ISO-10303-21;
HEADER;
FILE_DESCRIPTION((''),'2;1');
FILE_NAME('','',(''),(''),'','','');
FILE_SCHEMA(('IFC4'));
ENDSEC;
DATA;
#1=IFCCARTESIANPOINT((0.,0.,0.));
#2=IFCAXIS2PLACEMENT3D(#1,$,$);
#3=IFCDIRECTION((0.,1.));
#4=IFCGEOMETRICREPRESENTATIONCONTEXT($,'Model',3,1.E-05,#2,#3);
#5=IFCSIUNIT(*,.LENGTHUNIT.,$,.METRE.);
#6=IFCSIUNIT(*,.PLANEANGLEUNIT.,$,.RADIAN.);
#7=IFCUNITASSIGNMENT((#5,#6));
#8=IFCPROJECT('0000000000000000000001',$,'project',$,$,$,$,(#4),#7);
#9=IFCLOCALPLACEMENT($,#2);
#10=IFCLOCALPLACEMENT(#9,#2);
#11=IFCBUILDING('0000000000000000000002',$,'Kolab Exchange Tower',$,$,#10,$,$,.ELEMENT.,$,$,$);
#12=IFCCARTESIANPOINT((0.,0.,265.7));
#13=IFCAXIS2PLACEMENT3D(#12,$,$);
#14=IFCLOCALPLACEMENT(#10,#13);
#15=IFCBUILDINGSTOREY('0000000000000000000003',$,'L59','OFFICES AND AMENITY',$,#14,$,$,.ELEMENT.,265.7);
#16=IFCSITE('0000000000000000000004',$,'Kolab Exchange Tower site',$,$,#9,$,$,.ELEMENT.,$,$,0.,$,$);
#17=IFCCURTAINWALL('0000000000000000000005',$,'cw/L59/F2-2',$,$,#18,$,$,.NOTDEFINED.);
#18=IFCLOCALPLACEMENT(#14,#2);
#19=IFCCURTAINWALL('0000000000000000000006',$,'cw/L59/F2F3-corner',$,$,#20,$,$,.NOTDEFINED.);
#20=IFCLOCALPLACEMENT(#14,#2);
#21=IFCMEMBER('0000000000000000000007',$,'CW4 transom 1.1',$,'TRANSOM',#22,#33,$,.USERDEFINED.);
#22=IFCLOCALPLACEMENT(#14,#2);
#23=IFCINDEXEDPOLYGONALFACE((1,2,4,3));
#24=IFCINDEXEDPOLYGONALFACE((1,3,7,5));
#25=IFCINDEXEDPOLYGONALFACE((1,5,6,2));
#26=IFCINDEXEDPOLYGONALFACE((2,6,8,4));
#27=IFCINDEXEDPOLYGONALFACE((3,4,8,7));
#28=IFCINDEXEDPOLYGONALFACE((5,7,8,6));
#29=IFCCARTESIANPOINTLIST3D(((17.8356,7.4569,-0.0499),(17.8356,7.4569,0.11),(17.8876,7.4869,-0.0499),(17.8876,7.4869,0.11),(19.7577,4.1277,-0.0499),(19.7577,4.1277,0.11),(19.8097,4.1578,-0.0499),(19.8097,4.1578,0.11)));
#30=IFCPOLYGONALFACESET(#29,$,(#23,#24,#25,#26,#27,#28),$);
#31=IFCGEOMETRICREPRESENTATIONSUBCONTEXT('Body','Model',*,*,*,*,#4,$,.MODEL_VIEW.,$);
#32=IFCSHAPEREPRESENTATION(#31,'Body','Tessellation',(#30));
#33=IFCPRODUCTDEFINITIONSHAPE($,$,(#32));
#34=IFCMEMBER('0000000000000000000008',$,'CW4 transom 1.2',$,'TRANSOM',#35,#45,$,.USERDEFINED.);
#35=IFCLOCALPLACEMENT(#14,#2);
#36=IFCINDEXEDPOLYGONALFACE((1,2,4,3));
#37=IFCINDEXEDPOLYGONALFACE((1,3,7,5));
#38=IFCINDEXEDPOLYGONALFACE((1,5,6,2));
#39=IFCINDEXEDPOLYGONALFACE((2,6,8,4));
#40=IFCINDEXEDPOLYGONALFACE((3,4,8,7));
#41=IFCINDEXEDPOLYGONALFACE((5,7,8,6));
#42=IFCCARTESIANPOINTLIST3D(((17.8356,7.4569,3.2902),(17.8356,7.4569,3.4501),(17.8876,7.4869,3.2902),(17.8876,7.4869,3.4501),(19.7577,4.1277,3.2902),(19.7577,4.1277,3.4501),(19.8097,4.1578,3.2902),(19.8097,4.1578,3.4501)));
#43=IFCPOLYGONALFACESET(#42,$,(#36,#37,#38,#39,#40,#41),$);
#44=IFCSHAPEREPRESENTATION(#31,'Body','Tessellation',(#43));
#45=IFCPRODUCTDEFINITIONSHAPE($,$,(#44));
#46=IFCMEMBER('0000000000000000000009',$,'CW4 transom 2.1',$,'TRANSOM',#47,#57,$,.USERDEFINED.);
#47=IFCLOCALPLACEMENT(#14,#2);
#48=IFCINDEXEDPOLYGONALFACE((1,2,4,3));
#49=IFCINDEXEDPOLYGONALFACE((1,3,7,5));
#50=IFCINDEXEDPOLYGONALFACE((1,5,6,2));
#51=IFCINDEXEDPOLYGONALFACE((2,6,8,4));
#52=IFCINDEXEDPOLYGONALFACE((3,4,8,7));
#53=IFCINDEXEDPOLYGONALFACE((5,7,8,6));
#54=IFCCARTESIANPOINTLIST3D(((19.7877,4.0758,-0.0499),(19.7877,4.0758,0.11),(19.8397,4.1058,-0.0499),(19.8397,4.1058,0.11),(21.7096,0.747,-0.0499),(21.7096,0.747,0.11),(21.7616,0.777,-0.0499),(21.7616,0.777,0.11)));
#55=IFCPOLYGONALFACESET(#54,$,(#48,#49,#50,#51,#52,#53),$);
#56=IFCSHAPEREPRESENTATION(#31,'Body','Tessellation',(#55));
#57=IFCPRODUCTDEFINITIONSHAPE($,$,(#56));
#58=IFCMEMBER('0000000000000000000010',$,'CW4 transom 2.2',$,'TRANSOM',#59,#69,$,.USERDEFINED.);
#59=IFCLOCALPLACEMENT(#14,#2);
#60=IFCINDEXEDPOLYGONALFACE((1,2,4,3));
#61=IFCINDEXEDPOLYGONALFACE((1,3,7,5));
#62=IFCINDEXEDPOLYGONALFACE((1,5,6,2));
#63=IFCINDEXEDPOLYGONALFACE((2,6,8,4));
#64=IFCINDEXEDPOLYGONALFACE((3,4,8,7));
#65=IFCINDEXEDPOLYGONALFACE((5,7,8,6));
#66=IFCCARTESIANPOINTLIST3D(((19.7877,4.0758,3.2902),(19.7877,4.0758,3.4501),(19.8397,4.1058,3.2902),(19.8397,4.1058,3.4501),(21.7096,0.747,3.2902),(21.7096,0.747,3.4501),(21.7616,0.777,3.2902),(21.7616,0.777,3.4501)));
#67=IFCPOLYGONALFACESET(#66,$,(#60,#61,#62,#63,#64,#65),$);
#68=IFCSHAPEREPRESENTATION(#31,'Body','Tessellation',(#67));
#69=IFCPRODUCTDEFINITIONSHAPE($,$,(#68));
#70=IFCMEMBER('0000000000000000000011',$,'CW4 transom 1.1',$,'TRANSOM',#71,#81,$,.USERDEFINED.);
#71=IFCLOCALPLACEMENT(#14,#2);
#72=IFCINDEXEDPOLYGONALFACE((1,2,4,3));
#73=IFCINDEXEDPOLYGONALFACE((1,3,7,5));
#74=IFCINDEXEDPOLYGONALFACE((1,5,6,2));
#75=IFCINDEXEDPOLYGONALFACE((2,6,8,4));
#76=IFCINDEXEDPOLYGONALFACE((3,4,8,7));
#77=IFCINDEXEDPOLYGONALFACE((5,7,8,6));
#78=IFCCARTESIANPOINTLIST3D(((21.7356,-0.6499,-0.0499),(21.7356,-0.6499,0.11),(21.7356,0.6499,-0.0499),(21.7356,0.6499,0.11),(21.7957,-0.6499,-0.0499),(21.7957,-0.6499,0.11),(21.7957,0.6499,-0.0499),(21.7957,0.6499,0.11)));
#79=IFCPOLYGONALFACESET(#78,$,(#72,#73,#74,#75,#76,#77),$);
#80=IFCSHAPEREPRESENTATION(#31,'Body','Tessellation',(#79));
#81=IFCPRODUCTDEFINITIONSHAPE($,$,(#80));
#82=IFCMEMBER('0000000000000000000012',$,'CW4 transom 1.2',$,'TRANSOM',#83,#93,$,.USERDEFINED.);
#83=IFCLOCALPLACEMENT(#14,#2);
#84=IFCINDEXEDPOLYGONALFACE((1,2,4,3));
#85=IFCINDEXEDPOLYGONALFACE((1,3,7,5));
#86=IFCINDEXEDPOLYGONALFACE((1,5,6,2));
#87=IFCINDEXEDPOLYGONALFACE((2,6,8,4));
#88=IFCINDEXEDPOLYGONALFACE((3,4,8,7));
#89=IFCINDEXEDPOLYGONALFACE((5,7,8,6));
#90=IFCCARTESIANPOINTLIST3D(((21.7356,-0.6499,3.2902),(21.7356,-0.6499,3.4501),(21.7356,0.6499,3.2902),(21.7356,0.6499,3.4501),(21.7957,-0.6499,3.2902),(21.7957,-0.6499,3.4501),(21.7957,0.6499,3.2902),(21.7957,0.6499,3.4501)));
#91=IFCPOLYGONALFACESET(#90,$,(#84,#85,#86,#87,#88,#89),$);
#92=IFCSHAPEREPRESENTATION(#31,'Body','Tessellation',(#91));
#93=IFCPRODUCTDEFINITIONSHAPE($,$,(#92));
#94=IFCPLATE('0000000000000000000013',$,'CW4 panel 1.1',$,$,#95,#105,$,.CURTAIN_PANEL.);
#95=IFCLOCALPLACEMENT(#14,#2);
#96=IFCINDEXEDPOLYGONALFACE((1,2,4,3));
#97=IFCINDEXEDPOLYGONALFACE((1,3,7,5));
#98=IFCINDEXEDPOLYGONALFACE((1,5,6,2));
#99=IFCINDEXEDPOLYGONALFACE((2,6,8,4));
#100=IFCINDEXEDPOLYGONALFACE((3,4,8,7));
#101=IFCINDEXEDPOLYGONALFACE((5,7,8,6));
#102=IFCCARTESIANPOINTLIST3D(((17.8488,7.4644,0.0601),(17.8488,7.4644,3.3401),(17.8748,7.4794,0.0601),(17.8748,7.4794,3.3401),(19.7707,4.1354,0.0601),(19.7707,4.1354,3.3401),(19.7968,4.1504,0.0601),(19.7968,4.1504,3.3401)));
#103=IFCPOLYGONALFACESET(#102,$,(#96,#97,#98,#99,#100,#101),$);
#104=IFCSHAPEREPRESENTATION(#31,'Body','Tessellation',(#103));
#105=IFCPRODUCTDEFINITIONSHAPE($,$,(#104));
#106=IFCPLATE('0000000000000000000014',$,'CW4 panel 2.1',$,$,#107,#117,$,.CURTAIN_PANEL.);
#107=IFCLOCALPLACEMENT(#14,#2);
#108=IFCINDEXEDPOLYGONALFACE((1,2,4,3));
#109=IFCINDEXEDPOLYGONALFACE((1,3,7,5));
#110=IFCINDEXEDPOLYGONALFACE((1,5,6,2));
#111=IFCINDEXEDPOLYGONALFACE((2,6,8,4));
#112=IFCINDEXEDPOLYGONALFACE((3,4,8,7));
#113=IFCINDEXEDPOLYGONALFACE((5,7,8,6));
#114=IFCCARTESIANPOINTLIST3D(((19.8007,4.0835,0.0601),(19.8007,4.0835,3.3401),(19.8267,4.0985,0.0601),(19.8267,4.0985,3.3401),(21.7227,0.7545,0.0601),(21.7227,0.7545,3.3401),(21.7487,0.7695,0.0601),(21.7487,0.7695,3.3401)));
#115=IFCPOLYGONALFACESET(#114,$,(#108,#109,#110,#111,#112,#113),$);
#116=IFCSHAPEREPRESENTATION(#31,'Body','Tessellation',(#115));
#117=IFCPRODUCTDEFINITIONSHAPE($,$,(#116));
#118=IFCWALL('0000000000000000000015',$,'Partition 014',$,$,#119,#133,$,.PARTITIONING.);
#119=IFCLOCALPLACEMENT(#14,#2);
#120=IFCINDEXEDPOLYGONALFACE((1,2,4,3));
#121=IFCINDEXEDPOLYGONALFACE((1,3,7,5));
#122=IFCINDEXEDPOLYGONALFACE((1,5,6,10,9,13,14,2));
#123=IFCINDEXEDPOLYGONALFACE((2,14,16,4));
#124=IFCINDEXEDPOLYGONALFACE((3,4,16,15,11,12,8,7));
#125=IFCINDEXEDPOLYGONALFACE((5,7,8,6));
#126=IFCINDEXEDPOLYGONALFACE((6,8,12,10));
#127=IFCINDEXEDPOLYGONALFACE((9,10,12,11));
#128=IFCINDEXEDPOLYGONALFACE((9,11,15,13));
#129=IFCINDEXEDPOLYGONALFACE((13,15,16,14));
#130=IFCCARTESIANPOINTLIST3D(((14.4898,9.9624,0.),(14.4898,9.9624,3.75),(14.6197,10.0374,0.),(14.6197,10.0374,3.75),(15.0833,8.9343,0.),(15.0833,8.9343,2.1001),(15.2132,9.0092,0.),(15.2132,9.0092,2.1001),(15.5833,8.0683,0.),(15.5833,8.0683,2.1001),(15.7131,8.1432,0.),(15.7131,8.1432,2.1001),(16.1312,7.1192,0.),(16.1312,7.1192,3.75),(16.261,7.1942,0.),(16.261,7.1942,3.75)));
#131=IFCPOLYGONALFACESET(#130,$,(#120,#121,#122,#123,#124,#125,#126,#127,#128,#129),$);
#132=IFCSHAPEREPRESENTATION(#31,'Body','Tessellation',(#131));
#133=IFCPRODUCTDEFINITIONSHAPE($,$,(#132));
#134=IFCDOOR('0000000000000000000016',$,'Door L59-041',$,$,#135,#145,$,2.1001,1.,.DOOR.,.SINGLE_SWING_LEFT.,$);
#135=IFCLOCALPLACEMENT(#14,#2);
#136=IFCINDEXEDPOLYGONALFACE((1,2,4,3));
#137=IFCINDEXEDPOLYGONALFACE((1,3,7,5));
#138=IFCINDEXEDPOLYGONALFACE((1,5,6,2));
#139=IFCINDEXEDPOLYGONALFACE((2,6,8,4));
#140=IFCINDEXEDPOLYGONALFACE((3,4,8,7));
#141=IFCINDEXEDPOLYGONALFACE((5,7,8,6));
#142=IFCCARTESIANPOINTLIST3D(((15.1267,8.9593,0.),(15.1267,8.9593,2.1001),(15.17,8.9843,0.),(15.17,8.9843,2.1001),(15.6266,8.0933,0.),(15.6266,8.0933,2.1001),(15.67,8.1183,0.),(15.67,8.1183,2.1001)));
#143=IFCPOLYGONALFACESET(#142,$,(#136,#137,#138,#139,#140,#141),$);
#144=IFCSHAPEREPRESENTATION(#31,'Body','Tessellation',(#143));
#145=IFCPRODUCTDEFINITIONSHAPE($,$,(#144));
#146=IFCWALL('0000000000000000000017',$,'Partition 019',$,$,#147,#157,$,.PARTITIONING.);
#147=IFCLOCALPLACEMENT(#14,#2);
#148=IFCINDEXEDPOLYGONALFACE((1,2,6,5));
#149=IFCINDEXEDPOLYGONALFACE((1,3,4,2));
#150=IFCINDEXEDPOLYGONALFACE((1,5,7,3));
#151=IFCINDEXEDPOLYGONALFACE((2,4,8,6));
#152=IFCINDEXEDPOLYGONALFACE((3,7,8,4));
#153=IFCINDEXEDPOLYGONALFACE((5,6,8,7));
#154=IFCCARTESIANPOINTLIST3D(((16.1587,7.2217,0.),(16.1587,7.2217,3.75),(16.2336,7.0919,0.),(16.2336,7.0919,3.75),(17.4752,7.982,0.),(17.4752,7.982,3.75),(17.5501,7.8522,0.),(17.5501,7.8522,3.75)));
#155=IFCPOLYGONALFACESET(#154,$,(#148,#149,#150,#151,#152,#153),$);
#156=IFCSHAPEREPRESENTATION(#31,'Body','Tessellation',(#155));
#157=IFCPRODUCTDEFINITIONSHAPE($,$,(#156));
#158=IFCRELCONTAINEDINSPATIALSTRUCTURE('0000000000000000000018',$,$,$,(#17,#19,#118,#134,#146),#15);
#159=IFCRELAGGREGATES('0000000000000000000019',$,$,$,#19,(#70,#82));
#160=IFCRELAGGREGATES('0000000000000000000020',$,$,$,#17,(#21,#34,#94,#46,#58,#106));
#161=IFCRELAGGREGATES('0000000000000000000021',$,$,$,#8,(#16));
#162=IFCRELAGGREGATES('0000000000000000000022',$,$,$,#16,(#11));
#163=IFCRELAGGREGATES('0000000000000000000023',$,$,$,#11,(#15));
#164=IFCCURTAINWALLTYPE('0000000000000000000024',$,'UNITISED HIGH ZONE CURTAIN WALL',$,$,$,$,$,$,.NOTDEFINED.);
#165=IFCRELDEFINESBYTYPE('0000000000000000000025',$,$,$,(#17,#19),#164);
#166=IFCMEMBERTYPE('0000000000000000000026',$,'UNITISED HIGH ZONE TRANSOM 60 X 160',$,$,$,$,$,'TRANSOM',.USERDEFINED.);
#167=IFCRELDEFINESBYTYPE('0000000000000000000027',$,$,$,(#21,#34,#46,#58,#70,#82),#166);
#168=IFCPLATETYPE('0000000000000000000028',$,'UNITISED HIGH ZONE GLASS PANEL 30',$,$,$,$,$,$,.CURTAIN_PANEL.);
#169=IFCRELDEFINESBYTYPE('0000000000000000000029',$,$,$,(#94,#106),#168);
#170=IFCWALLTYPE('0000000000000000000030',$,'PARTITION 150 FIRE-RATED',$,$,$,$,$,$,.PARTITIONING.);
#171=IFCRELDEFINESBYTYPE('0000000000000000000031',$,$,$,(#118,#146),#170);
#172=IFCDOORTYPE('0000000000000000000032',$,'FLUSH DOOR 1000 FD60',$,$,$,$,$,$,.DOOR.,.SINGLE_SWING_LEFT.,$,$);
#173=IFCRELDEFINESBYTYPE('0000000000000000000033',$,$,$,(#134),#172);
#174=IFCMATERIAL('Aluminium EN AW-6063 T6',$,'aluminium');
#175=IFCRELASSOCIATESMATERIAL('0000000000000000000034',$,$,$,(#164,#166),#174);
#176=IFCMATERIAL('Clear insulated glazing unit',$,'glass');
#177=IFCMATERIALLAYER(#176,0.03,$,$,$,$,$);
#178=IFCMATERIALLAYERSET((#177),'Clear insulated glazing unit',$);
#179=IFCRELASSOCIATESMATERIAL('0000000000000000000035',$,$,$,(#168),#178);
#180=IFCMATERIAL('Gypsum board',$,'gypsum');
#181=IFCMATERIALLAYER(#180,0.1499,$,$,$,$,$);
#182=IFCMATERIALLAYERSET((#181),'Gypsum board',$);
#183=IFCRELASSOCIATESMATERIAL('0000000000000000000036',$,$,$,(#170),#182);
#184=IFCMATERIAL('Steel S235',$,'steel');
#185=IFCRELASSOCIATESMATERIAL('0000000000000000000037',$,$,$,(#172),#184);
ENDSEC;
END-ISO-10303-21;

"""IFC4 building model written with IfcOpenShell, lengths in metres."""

from ifc_helpers import new_model, si_unit, direction, frame, frame_2d, origin, origin_2d, place, context, subcontext, project, spatial, rectangle, extrude, material, layer, layer_set, material_profile, profile_set, type_object, element, fill, aggregate, save


model = new_model("IFC4")

# Units and contexts
model_context = context("Model", 3, precision=1e-05, world=origin(), true_north=direction((0.0, 1.0)))
body_context = subcontext(model_context, "Body", "Model", "MODEL_VIEW")
ifc_project = project(units=[si_unit("LENGTHUNIT", "METRE"), si_unit("PLANEANGLEUNIT", "RADIAN")], contexts=[model_context])

# Site, building, storey
site_placement = place(None, origin())
site = spatial("IfcSite", under=ifc_project, at=site_placement, Name="Kolab Exchange Tower site", CompositionType="ELEMENT", RefElevation=0.0)
building_placement = place(site_placement, origin())
building = spatial("IfcBuilding", under=site, at=building_placement, Name="Kolab Exchange Tower", CompositionType="ELEMENT")
storey_placement = place(building_placement, frame((0.0, 0.0, 265.7)))
storey = spatial("IfcBuildingStorey", under=building, at=storey_placement, Name="L59", Description="OFFICES AND AMENITY", CompositionType="ELEMENT", Elevation=265.7)

# Shared definitions
ifc_material_1 = material(Name="Aluminium EN AW-6063 T6", Category="aluminium")
curtain_wall_type = type_object("IfcCurtainWallType", Name="UNITISED HIGH ZONE CURTAIN WALL", PredefinedType="NOTDEFINED", material=ifc_material_1)

# Curtain wall
curtain_wall_1_placement = place(storey_placement, origin())
curtain_wall_1 = element("IfcCurtainWall", 1, at=curtain_wall_1_placement, inside=storey, type_object=curtain_wall_type, Name="cw/L59/F2-2", PredefinedType="NOTDEFINED")

# Curtain wall
curtain_wall_2_placement = place(storey_placement, origin())
curtain_wall_2 = element("IfcCurtainWall", 2, at=curtain_wall_2_placement, inside=storey, type_object=curtain_wall_type, Name="cw/L59/F2F3-corner", PredefinedType="NOTDEFINED")

# Members
ifc_material_profile_1 = material_profile(ifc_material_1, rectangle(XDim=0.0601, YDim=0.1599, at=origin_2d()), Name="RECT 60X160")
ifc_profile_set_1 = profile_set([ifc_material_profile_1], Name="Aluminium EN AW-6063 T6")
member_type_1 = type_object("IfcMemberType", Name="UNITISED HIGH ZONE TRANSOM 60 X 160", ElementType="TRANSOM", PredefinedType="USERDEFINED", material=ifc_profile_set_1)
member_1_placement = place(storey_placement, frame((17.8616, 7.4719, 0.03), z_axis=(0.500012, -0.866018, 0.0), x_axis=(0.866018, 0.500012, 0.0)))
member_1 = element("IfcMember", 3, at=member_1_placement, type_object=member_type_1, Name="CW4 transom 1.1", ObjectType="TRANSOM", PredefinedType="USERDEFINED", context=body_context, shape_type="SweptSolid", body=[
    extrude(rectangle(XDim=0.0601, YDim=0.1599, at=origin_2d()), origin(), (0.0, 0.0, 1.0), 3.8442),
])
member_2_placement = place(storey_placement, frame((17.8616, 7.4719, 3.3701), z_axis=(0.500012, -0.866018, 0.0), x_axis=(0.866018, 0.500012, 0.0)))
member_2 = element("IfcMember", 4, at=member_2_placement, type_object=member_type_1, Name="CW4 transom 1.2", ObjectType="TRANSOM", PredefinedType="USERDEFINED", context=body_context, shape_type="SweptSolid", body=[
    extrude(rectangle(XDim=0.0601, YDim=0.1599, at=origin_2d()), origin(), (0.0, 0.0, 1.0), 3.8442),
])
member_3_placement = place(storey_placement, frame((19.8137, 4.0908, 0.03), z_axis=(0.499992, -0.86603, 0.0), x_axis=(0.86603, 0.499992, 0.0)))
member_3 = element("IfcMember", 5, at=member_3_placement, type_object=member_type_1, Name="CW4 transom 2.1", ObjectType="TRANSOM", PredefinedType="USERDEFINED", context=body_context, shape_type="SweptSolid", body=[
    extrude(rectangle(XDim=0.0601, YDim=0.1599, at=origin_2d()), origin(), (0.0, 0.0, 1.0), 3.8438),
])
member_4_placement = place(storey_placement, frame((19.8137, 4.0908, 3.3701), z_axis=(0.499992, -0.86603, 0.0), x_axis=(0.86603, 0.499992, 0.0)))
member_4 = element("IfcMember", 6, at=member_4_placement, type_object=member_type_1, Name="CW4 transom 2.2", ObjectType="TRANSOM", PredefinedType="USERDEFINED", context=body_context, shape_type="SweptSolid", body=[
    extrude(rectangle(XDim=0.0601, YDim=0.1599, at=origin_2d()), origin(), (0.0, 0.0, 1.0), 3.8438),
])
member_5_placement = place(storey_placement, frame((21.7656, 0.6499, 0.03), z_axis=(0.0, -1.0, 0.0), x_axis=(1.0, 0.0, 0.0)))
member_5 = element("IfcMember", 7, at=member_5_placement, type_object=member_type_1, Name="CW4 transom 1.1", ObjectType="TRANSOM", PredefinedType="USERDEFINED", context=body_context, shape_type="SweptSolid", body=[
    extrude(rectangle(XDim=0.0601, YDim=0.1599, at=origin_2d()), origin(), (0.0, 0.0, 1.0), 1.2998),
])
member_6_placement = place(storey_placement, frame((21.7656, 0.6499, 3.3701), z_axis=(0.0, -1.0, 0.0), x_axis=(1.0, 0.0, 0.0)))
member_6 = element("IfcMember", 8, at=member_6_placement, type_object=member_type_1, Name="CW4 transom 1.2", ObjectType="TRANSOM", PredefinedType="USERDEFINED", context=body_context, shape_type="SweptSolid", body=[
    extrude(rectangle(XDim=0.0601, YDim=0.1599, at=origin_2d()), origin(), (0.0, 0.0, 1.0), 1.2998),
])
aggregate(curtain_wall_2, [member_5, member_6])

# Plates
ifc_material_2 = material(Name="Clear insulated glazing unit", Category="glass")
ifc_layer_1 = layer(ifc_material_2, 0.03)
ifc_layer_set_1 = layer_set([ifc_layer_1], Name="Clear insulated glazing unit")
plate_type = type_object("IfcPlateType", Name="UNITISED HIGH ZONE GLASS PANEL 30", PredefinedType="CURTAIN_PANEL", material=ifc_layer_set_1)
plate_1_placement = place(storey_placement, frame((18.8228, 5.8074, 0.0601), z_axis=(0.0, 0.0, 1.0), x_axis=(0.5, -0.866025, 0.0)))
plate_1 = element("IfcPlate", 9, at=plate_1_placement, type_object=plate_type, Name="CW4 panel 1.1", PredefinedType="CURTAIN_PANEL", context=body_context, shape_type="SweptSolid", body=[
    extrude(rectangle(XDim=3.844, YDim=0.03, at=origin_2d()), origin(), (0.0, 0.0, 1.0), 3.28),
])
plate_2_placement = place(storey_placement, frame((20.7747, 2.4265, 0.0601), z_axis=(0.0, 0.0, 1.0), x_axis=(0.5, -0.866025, 0.0)))
plate_2 = element("IfcPlate", 10, at=plate_2_placement, type_object=plate_type, Name="CW4 panel 2.1", PredefinedType="CURTAIN_PANEL", context=body_context, shape_type="SweptSolid", body=[
    extrude(rectangle(XDim=3.844, YDim=0.03, at=origin_2d()), origin(), (0.0, 0.0, 1.0), 3.28),
])
aggregate(curtain_wall_1, [member_1, member_2, plate_1, member_3, member_4, plate_2])

# Wall, opening, door
ifc_material_3 = material(Name="Gypsum board", Category="gypsum")
ifc_layer_2 = layer(ifc_material_3, 0.1499)
ifc_layer_set_2 = layer_set([ifc_layer_2], Name="Gypsum board")
wall_type_1 = type_object("IfcWallType", Name="PARTITION 150 FIRE-RATED", PredefinedType="PARTITIONING", material=ifc_layer_set_2)
wall_1_placement = place(storey_placement, frame((14.5547, 10.0, 0.0), z_axis=(0.0, 0.0, 1.0), x_axis=(0.499954, -0.866052, 0.0)))
wall_1 = element("IfcWall", 11, at=wall_1_placement, inside=storey, type_object=wall_type_1, Name="Partition 014", PredefinedType="PARTITIONING", context=body_context, shape_type="SweptSolid", body=[
    extrude(rectangle(XDim=3.283, YDim=0.1499, at=frame_2d((1.6416, 0.0))), origin(), (0.0, 0.0, 1.0), 3.75),
])
opening_1_placement = place(wall_1_placement, frame((1.1873, 0.0, 0.0)))
opening_1 = element("IfcOpeningElement", 12, at=opening_1_placement, cuts=wall_1, PredefinedType="OPENING", context=body_context, shape_type="SweptSolid", body=[
    extrude(rectangle(XDim=1.0, YDim=2.1001, at=frame_2d((0.5, 1.05))), frame((0.0, 0.085, 0.0), z_axis=(0.0, -1.0, 0.0), x_axis=(1.0, 0.0, 0.0)), (0.0, 0.0, 1.0), 0.1699),
])
ifc_material_4 = material(Name="Steel S235", Category="steel")
door_type_1 = type_object("IfcDoorType", Name="FLUSH DOOR 1000 FD60", OperationType="SINGLE_SWING_LEFT", PredefinedType="DOOR", material=ifc_material_4)
door_1_placement = place(opening_1_placement, frame((1.0, 0.0, 0.0), z_axis=(0.0, 0.0, 1.0), x_axis=(-1.0, 0.0, 0.0)))
door_1 = element("IfcDoor", 13, at=door_1_placement, inside=storey, type_object=door_type_1, Name="Door L59-041", OperationType="SINGLE_SWING_LEFT", OverallHeight=2.1001, OverallWidth=1.0, PredefinedType="DOOR", context=body_context, shape_type="SweptSolid", body=[
    extrude(rectangle(XDim=1.0, YDim=2.1001, at=frame_2d((0.5, 1.05))), frame((0.0, 0.0249, 0.0), z_axis=(0.0, -1.0, 0.0), x_axis=(1.0, 0.0, 0.0)), (0.0, 0.0, 1.0), 0.05),
])
fill(opening_1, door_1)

# Wall
wall_2_placement = place(storey_placement, frame((16.196, 7.1567, 0.0), z_axis=(0.0, 0.0, 1.0), x_axis=(0.865961, 0.500112, 0.0)))
element("IfcWall", 14, at=wall_2_placement, inside=storey, type_object=wall_type_1, Name="Partition 019", PredefinedType="PARTITIONING", context=body_context, shape_type="SweptSolid", body=[
    extrude(rectangle(XDim=1.5203, YDim=0.1499, at=frame_2d((0.7603, 0.0))), origin(), (0.0, 0.0, 1.0), 3.75),
])

save(model, "model.ifc")
